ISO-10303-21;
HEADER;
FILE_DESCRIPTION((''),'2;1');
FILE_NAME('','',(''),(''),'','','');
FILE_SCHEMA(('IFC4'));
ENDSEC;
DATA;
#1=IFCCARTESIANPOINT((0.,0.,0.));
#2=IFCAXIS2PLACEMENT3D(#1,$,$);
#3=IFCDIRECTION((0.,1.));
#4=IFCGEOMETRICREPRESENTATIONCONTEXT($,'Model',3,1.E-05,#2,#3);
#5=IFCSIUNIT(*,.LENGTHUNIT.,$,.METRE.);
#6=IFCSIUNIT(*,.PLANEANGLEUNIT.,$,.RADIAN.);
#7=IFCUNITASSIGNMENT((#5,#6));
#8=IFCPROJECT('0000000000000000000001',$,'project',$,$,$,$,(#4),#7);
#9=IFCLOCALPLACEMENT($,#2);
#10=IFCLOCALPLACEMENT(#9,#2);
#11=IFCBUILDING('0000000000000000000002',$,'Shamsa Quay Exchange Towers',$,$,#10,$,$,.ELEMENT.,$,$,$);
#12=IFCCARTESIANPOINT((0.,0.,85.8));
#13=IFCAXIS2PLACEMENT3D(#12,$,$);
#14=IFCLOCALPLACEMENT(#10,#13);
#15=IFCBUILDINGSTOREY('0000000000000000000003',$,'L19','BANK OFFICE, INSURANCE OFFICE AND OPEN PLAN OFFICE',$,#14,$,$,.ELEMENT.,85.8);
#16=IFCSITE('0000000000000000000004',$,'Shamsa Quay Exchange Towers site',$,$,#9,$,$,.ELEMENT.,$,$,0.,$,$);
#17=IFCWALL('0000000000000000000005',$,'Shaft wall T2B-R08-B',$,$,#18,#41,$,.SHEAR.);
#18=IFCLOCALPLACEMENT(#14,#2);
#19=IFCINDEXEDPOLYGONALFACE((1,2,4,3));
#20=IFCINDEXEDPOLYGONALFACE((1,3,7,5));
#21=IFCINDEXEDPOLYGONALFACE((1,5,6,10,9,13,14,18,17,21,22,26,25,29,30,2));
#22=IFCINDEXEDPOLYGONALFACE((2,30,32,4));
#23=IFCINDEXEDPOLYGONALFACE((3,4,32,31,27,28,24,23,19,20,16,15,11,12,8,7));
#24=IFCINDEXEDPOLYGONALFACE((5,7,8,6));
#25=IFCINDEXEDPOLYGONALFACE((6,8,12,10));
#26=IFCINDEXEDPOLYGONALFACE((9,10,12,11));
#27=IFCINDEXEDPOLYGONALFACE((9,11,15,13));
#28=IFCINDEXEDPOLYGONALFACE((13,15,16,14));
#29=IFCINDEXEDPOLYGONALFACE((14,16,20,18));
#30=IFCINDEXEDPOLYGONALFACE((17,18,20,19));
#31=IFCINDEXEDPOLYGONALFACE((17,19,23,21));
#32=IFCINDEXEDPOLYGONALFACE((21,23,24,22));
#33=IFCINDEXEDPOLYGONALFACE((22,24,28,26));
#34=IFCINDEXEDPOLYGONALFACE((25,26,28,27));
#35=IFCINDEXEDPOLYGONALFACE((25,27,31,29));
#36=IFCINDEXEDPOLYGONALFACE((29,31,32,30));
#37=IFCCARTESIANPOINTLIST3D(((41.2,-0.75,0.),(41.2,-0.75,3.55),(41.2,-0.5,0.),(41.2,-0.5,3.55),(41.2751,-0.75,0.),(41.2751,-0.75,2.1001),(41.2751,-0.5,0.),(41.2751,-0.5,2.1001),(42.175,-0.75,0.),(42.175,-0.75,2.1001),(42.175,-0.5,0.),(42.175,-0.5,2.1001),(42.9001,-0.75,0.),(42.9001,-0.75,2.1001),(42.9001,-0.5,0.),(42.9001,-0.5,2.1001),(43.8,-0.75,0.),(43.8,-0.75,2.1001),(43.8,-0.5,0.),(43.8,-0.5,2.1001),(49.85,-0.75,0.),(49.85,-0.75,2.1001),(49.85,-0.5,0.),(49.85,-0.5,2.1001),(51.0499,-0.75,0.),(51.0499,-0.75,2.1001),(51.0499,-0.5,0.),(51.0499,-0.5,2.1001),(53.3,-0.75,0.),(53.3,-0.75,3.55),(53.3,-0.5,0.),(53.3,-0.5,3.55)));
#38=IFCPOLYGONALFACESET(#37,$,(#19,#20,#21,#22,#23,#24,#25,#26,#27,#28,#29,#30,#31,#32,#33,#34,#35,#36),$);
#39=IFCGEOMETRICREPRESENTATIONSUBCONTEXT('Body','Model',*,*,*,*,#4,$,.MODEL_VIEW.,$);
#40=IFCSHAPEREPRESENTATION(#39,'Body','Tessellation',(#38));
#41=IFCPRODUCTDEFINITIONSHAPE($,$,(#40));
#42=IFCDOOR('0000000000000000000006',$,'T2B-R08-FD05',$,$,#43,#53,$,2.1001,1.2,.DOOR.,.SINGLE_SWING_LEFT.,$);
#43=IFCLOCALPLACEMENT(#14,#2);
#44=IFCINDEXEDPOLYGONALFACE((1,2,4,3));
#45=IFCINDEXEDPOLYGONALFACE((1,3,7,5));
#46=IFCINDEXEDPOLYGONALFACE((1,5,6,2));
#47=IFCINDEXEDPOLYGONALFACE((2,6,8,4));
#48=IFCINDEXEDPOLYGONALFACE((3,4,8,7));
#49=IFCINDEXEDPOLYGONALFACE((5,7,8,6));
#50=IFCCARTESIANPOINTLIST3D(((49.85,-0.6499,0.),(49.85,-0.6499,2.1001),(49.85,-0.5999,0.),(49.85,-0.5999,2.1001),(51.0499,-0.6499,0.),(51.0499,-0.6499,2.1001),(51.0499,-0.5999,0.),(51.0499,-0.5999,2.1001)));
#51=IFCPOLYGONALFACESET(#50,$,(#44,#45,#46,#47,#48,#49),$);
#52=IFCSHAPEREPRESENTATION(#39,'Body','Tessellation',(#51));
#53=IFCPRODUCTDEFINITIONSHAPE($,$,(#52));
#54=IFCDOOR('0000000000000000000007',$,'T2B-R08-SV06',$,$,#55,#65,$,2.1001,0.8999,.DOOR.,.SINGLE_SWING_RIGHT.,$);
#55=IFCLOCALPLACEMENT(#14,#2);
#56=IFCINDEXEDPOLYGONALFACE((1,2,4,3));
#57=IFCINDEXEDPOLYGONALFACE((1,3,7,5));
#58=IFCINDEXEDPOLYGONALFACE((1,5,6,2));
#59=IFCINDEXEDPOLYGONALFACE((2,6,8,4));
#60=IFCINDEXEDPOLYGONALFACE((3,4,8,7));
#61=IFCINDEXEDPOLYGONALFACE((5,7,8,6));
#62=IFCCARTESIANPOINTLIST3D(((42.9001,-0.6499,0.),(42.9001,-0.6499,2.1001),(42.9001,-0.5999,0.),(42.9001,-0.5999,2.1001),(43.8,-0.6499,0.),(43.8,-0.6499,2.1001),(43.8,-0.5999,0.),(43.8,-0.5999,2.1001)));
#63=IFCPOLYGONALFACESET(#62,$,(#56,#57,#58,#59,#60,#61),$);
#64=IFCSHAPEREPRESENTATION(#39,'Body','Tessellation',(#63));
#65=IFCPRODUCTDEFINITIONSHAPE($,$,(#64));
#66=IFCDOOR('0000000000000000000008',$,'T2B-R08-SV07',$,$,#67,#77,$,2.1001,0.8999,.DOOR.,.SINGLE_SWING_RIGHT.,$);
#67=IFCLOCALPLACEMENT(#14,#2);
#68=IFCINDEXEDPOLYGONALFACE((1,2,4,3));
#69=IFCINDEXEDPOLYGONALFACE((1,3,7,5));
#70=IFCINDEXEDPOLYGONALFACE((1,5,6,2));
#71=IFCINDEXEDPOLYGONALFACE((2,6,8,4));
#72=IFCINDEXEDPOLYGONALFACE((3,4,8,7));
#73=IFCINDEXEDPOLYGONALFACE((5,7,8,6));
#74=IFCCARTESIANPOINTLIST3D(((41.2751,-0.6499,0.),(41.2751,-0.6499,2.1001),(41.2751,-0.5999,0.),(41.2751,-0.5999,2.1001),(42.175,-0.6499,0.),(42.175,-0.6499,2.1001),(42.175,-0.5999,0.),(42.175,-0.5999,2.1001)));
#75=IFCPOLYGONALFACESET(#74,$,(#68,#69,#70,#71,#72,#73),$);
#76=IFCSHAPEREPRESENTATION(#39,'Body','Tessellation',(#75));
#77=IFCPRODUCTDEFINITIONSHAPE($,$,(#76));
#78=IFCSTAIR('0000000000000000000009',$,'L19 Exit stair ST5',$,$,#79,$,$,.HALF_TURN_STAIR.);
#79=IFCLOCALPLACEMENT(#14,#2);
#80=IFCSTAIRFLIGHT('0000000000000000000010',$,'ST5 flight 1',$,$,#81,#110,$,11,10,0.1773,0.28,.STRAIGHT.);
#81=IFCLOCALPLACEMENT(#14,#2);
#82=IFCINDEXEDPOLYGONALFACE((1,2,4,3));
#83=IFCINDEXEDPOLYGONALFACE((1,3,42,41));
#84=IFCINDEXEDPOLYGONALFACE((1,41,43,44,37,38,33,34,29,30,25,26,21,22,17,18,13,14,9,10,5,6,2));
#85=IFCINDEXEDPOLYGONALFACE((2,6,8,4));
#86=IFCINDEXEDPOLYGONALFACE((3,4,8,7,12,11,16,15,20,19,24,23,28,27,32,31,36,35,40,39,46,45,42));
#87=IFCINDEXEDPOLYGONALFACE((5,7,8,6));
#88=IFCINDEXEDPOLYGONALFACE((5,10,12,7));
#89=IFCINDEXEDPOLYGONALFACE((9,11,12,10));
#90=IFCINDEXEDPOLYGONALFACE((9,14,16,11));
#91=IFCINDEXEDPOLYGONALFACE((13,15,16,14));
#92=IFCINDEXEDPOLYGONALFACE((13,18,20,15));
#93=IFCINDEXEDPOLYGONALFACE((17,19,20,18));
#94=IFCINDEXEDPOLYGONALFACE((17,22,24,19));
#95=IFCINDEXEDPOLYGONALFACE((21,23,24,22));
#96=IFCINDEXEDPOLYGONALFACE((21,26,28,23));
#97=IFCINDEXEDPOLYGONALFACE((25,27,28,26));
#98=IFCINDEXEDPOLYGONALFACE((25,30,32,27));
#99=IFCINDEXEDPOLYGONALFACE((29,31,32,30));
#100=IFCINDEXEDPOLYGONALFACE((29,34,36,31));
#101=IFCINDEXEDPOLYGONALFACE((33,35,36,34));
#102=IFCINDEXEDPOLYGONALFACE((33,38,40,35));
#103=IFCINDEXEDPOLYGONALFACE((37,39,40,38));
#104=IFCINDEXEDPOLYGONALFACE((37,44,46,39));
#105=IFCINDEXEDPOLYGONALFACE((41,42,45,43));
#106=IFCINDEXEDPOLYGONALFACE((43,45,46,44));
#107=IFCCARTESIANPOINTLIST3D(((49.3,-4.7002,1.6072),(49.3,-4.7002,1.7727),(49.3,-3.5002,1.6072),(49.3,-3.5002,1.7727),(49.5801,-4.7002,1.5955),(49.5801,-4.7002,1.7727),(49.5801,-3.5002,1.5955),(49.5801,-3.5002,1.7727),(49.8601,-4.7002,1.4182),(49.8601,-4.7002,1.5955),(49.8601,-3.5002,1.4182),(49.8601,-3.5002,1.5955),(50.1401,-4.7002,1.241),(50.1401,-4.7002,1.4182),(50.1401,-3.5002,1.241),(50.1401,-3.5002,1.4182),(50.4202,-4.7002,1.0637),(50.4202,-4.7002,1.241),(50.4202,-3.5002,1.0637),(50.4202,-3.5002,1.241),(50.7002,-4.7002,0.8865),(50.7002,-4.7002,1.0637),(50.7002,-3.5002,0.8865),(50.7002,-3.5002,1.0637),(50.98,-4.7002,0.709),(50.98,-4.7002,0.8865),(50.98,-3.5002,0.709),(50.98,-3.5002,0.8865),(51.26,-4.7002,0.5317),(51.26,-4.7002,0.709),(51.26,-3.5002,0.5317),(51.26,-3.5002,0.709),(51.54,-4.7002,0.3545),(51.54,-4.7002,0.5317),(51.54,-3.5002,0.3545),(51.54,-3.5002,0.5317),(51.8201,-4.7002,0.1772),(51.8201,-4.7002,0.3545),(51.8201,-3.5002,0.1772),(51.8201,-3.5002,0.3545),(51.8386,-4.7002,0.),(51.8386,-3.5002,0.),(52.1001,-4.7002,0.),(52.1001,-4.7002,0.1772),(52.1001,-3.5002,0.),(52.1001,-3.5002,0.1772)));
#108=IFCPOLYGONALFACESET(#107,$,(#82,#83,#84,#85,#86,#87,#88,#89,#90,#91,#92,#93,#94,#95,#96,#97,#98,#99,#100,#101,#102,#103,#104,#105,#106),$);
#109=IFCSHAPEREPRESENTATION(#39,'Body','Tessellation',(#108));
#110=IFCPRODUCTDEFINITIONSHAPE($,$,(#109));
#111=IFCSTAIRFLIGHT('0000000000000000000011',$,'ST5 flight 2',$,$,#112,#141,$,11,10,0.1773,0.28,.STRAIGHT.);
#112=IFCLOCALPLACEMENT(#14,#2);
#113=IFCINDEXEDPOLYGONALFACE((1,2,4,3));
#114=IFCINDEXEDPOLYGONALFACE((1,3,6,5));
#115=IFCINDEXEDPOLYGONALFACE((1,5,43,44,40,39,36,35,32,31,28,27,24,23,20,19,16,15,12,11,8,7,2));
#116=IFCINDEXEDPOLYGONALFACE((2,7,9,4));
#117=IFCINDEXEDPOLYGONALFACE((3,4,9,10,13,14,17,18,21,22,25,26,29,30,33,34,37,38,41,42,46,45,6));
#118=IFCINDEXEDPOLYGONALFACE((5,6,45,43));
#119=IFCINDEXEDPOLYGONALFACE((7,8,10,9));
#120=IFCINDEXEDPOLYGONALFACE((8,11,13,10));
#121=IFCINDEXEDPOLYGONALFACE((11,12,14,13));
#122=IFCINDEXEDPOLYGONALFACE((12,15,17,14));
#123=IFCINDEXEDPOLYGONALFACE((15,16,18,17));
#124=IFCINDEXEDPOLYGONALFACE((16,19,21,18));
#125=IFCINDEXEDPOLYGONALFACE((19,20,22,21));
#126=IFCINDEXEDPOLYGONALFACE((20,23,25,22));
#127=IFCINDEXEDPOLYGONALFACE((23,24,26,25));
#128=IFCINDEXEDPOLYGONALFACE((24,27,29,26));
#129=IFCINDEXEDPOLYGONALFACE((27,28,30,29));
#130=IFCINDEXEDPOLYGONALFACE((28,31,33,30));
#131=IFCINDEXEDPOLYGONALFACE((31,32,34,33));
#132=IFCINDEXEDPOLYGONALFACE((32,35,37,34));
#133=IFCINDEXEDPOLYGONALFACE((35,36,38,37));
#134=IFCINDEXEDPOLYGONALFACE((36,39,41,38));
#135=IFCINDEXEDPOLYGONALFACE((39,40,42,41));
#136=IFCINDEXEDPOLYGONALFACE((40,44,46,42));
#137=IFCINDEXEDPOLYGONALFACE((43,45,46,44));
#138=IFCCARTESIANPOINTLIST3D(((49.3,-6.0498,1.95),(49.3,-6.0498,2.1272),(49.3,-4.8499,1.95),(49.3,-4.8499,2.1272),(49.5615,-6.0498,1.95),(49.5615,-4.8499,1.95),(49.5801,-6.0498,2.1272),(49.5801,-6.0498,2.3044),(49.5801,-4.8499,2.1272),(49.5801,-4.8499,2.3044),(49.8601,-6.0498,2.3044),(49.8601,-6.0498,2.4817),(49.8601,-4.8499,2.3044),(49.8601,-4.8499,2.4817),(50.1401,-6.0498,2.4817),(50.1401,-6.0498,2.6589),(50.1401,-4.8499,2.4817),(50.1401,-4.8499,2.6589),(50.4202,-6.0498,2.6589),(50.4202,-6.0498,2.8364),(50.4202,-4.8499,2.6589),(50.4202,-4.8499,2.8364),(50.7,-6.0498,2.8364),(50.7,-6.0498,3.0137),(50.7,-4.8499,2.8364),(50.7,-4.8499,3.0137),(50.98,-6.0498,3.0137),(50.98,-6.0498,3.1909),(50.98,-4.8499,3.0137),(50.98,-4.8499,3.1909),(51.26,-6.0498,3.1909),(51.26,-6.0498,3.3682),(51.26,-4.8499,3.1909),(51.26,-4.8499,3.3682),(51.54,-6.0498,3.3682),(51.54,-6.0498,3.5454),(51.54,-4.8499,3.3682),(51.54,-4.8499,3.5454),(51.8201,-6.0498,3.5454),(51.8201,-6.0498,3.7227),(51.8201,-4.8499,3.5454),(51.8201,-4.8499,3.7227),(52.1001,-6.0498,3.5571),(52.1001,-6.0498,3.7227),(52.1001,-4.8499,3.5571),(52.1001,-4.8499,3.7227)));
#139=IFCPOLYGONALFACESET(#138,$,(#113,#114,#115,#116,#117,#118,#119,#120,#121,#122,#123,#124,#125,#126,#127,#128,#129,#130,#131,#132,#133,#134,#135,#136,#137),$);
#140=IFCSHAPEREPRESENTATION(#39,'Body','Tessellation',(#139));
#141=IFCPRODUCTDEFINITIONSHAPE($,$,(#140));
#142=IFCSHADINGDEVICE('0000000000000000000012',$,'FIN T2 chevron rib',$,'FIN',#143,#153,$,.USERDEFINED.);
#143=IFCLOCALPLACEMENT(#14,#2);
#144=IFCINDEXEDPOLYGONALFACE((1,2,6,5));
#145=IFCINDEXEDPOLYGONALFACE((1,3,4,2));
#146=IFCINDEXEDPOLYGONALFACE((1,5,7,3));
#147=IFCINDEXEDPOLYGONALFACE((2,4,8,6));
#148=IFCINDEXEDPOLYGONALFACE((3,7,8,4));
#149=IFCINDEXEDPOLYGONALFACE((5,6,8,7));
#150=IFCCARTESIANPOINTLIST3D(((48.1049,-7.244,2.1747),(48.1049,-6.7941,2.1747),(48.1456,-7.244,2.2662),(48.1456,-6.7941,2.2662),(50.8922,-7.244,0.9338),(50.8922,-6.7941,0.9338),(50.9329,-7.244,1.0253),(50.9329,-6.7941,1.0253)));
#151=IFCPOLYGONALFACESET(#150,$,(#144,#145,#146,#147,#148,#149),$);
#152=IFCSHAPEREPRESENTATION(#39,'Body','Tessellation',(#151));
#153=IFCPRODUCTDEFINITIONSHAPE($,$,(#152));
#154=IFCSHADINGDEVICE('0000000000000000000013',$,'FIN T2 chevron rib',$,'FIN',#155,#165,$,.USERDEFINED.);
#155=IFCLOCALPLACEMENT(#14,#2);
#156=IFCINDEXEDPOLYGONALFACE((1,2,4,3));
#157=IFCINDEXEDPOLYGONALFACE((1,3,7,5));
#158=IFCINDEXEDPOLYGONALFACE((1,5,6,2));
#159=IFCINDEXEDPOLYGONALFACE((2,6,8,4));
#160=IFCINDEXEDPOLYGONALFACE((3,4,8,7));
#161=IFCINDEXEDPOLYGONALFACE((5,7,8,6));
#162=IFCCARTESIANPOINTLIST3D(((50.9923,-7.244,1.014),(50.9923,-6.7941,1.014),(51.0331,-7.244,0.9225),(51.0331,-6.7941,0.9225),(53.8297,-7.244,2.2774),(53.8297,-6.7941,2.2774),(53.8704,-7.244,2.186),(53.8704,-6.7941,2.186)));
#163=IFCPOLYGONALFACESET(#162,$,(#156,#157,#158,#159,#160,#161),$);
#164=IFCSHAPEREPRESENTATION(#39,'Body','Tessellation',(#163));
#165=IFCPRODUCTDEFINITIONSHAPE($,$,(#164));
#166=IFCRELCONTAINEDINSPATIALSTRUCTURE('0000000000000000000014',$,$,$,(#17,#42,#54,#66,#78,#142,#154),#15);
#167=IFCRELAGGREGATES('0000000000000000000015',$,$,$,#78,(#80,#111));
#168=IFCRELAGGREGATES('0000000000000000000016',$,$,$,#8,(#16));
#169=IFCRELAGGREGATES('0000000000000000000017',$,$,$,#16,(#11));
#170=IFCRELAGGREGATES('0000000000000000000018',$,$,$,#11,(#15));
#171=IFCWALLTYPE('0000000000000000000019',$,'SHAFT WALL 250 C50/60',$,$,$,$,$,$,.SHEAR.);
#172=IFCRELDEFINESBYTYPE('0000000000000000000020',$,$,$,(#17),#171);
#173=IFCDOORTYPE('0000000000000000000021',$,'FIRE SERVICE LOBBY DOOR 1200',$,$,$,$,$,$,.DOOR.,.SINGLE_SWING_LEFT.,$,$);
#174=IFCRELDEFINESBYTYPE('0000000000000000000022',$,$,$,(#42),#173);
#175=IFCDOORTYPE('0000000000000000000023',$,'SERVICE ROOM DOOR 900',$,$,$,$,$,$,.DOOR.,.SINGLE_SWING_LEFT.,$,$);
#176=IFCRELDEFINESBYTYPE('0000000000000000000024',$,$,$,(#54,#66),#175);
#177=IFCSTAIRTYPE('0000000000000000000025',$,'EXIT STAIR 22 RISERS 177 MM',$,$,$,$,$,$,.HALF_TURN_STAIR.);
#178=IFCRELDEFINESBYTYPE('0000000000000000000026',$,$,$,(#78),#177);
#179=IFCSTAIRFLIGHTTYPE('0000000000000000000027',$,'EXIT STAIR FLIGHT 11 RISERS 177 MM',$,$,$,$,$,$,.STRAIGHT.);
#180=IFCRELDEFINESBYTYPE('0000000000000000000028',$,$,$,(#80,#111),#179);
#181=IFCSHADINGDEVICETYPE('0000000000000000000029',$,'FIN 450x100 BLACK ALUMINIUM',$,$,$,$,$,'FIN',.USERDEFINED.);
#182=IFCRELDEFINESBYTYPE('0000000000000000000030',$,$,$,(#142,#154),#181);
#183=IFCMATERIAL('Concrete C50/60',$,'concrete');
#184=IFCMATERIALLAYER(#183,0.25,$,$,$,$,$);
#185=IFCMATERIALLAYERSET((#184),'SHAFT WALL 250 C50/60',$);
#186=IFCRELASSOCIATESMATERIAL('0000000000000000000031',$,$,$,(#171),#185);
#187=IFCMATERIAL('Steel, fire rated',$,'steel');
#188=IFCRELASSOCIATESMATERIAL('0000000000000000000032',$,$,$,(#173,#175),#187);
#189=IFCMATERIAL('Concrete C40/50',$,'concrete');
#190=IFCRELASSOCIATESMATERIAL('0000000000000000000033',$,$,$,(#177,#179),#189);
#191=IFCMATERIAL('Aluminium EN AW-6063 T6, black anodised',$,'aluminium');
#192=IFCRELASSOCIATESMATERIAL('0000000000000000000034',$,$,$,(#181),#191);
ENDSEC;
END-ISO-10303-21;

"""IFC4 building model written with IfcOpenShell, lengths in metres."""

from ifc_helpers import new_model, si_unit, direction, frame, frame_2d, origin, origin_2d, place, context, subcontext, project, spatial, polyline, rectangle, outline, extrude, material, layer, layer_set, material_profile, profile_set, type_object, element, fill, aggregate, save


model = new_model("IFC4")

# Units and contexts
model_context = context("Model", 3, precision=1e-05, world=origin(), true_north=direction((0.0, 1.0)))
body_context = subcontext(model_context, "Body", "Model", "MODEL_VIEW")
ifc_project = project(units=[si_unit("LENGTHUNIT", "METRE"), si_unit("PLANEANGLEUNIT", "RADIAN")], contexts=[model_context])

# Site, building, storey
site_placement = place(None, origin())
site = spatial("IfcSite", under=ifc_project, at=site_placement, Name="Shamsa Quay Exchange Towers site", CompositionType="ELEMENT", RefElevation=0.0)
building_placement = place(site_placement, origin())
building = spatial("IfcBuilding", under=site, at=building_placement, Name="Shamsa Quay Exchange Towers", CompositionType="ELEMENT")
storey_placement = place(building_placement, frame((0.0, 0.0, 85.8)))
storey = spatial("IfcBuildingStorey", under=building, at=storey_placement, Name="L19", Description="BANK OFFICE, INSURANCE OFFICE AND OPEN PLAN OFFICE", CompositionType="ELEMENT", Elevation=85.8)

# Shared definitions
ifc_material_1 = material(Name="Aluminium EN AW-6063 T6, black anodised", Category="aluminium")

# Shared definitions
ifc_material_2 = material(Name="Steel, fire rated", Category="steel")
ifc_material_3 = material(Name="Concrete C50/60", Category="concrete")
ifc_layer_1 = layer(ifc_material_3, 0.25)
ifc_layer_set_1 = layer_set([ifc_layer_1], Name="SHAFT WALL 250 C50/60")
wall_type_1 = type_object("IfcWallType", Name="SHAFT WALL 250 C50/60", PredefinedType="SHEAR", material=ifc_layer_set_1)

# Wall, openings, doors
wall_1_placement = place(storey_placement, frame((53.3, -0.625, 0.0), z_axis=(0.0, 0.0, 1.0), x_axis=(-1.0, 0.0, 0.0)))
wall_1 = element("IfcWall", 1, at=wall_1_placement, inside=storey, type_object=wall_type_1, Name="Shaft wall T2B-R08-B", PredefinedType="SHEAR", context=body_context, shape_type="SweptSolid", body=[
    extrude(rectangle(XDim=12.1001, YDim=0.25, at=frame_2d((6.05, 0.0))), origin(), (0.0, 0.0, 1.0), 3.55),
])
opening_1_placement = place(wall_1_placement, frame((2.25, 0.0, 0.0)))
opening_1 = element("IfcOpeningElement", 2, at=opening_1_placement, cuts=wall_1, PredefinedType="OPENING", context=body_context, shape_type="SweptSolid", body=[
    extrude(rectangle(XDim=1.2, YDim=2.1001, at=frame_2d((0.6001, 1.05))), frame((0.0, 0.135, 0.0), z_axis=(0.0, -1.0, 0.0), x_axis=(1.0, 0.0, 0.0)), (0.0, 0.0, 1.0), 0.27),
])
opening_2_placement = place(wall_1_placement, frame((9.5, 0.0, 0.0)))
opening_2 = element("IfcOpeningElement", 3, at=opening_2_placement, cuts=wall_1, PredefinedType="OPENING", context=body_context, shape_type="SweptSolid", body=[
    extrude(rectangle(XDim=0.8999, YDim=2.1001, at=frame_2d((0.45, 1.05))), frame((0.0, 0.135, 0.0), z_axis=(0.0, -1.0, 0.0), x_axis=(1.0, 0.0, 0.0)), (0.0, 0.0, 1.0), 0.27),
])
opening_3_placement = place(wall_1_placement, frame((11.125, 0.0, 0.0)))
opening_3 = element("IfcOpeningElement", 4, at=opening_3_placement, cuts=wall_1, PredefinedType="OPENING", context=body_context, shape_type="SweptSolid", body=[
    extrude(rectangle(XDim=0.8999, YDim=2.1001, at=frame_2d((0.45, 1.05))), frame((0.0, 0.135, 0.0), z_axis=(0.0, -1.0, 0.0), x_axis=(1.0, 0.0, 0.0)), (0.0, 0.0, 1.0), 0.27),
])
door_type_1 = type_object("IfcDoorType", Name="FIRE SERVICE LOBBY DOOR 1200", OperationType="SINGLE_SWING_LEFT", PredefinedType="DOOR", material=ifc_material_2)
door_1_placement = place(opening_1_placement, origin())
door_1 = element("IfcDoor", 5, at=door_1_placement, inside=storey, type_object=door_type_1, Name="T2B-R08-FD05", OperationType="SINGLE_SWING_LEFT", OverallHeight=2.1001, OverallWidth=1.2, PredefinedType="DOOR", context=body_context, shape_type="SweptSolid", body=[
    extrude(rectangle(XDim=1.2, YDim=2.1001, at=frame_2d((0.6001, 1.05))), frame((0.0, 0.0249, 0.0), z_axis=(0.0, -1.0, 0.0), x_axis=(1.0, 0.0, 0.0)), (0.0, 0.0, 1.0), 0.05),
])
fill(opening_1, door_1)
door_type_2 = type_object("IfcDoorType", Name="SERVICE ROOM DOOR 900", OperationType="SINGLE_SWING_LEFT", PredefinedType="DOOR", material=ifc_material_2)
door_2_placement = place(opening_2_placement, origin())
door_2 = element("IfcDoor", 6, at=door_2_placement, inside=storey, type_object=door_type_2, Name="T2B-R08-SV06", OperationType="SINGLE_SWING_RIGHT", OverallHeight=2.1001, OverallWidth=0.8999, PredefinedType="DOOR", context=body_context, shape_type="SweptSolid", body=[
    extrude(rectangle(XDim=0.8999, YDim=2.1001, at=frame_2d((0.45, 1.05))), frame((0.0, 0.0249, 0.0), z_axis=(0.0, -1.0, 0.0), x_axis=(1.0, 0.0, 0.0)), (0.0, 0.0, 1.0), 0.05),
])
fill(opening_2, door_2)
door_3_placement = place(opening_3_placement, origin())
door_3 = element("IfcDoor", 7, at=door_3_placement, inside=storey, type_object=door_type_2, Name="T2B-R08-SV07", OperationType="SINGLE_SWING_RIGHT", OverallHeight=2.1001, OverallWidth=0.8999, PredefinedType="DOOR", context=body_context, shape_type="SweptSolid", body=[
    extrude(rectangle(XDim=0.8999, YDim=2.1001, at=frame_2d((0.45, 1.05))), frame((0.0, 0.0249, 0.0), z_axis=(0.0, -1.0, 0.0), x_axis=(1.0, 0.0, 0.0)), (0.0, 0.0, 1.0), 0.05),
])
fill(opening_3, door_3)

# Stair, stair flights
ifc_material_4 = material(Name="Concrete C40/50", Category="concrete")
stair_type = type_object("IfcStairType", Name="EXIT STAIR 22 RISERS 177 MM", PredefinedType="HALF_TURN_STAIR", material=ifc_material_4)
stair_placement = place(storey_placement, origin())
stair = element("IfcStair", 8, at=stair_placement, inside=storey, type_object=stair_type, Name="L19 Exit stair ST5", PredefinedType="HALF_TURN_STAIR")
stair_flight_type = type_object("IfcStairFlightType", Name="EXIT STAIR FLIGHT 11 RISERS 177 MM", PredefinedType="STRAIGHT", material=ifc_material_4)
stair_flight_1_placement = place(storey_placement, frame((52.1001, -4.1001, 0.0), z_axis=(0.0, 0.0, 1.0), x_axis=(-1.0, 0.0, 0.0)))
stair_flight_1 = element("IfcStairFlight", 9, at=stair_flight_1_placement, type_object=stair_flight_type, Name="ST5 flight 1", NumberOfRisers=11, NumberOfTreads=10, PredefinedType="STRAIGHT", RiserHeight=0.1773, TreadLength=0.28, context=body_context, shape_type="SweptSolid", body=[
    extrude(outline(polyline([(0.0, 0.0), (0.0, 0.1772), (0.28, 0.1772), (0.28, 0.3545), (0.5601, 0.3545), (0.5601, 0.5317), (0.8401, 0.5317), (0.8401, 0.709), (1.1201, 0.709), (1.1201, 0.8865), (1.3999, 0.8865), (1.3999, 1.0637), (1.6799, 1.0637), (1.6799, 1.241), (1.96, 1.241), (1.96, 1.4182), (2.24, 1.4182), (2.24, 1.5955), (2.52, 1.5955), (2.52, 1.7727), (2.8, 1.7727), (2.8, 1.95), (2.8, 1.6072), (0.2615, 0.0), (0.0, 0.0)])), frame((0.0, 0.6001, 0.0), z_axis=(0.0, -1.0, 0.0), x_axis=(1.0, 0.0, 0.0)), (0.0, 0.0, 1.0), 1.2),
])
stair_flight_2_placement = place(storey_placement, frame((49.3, -5.45, 1.95)))
stair_flight_2 = element("IfcStairFlight", 10, at=stair_flight_2_placement, type_object=stair_flight_type, Name="ST5 flight 2", NumberOfRisers=11, NumberOfTreads=10, PredefinedType="STRAIGHT", RiserHeight=0.1773, TreadLength=0.28, context=body_context, shape_type="SweptSolid", body=[
    extrude(outline(polyline([(0.0, 0.0), (0.0, 0.1772), (0.28, 0.1772), (0.28, 0.3545), (0.5601, 0.3545), (0.5601, 0.5317), (0.8401, 0.5317), (0.8401, 0.709), (1.1201, 0.709), (1.1201, 0.8865), (1.3999, 0.8865), (1.3999, 1.0637), (1.6799, 1.0637), (1.6799, 1.241), (1.96, 1.241), (1.96, 1.4182), (2.24, 1.4182), (2.24, 1.5955), (2.52, 1.5955), (2.52, 1.7727), (2.8, 1.7727), (2.8, 1.95), (2.8, 1.6072), (0.2615, 0.0), (0.0, 0.0)])), frame((0.0, 0.6001, 0.0), z_axis=(0.0, -1.0, 0.0), x_axis=(1.0, 0.0, 0.0)), (0.0, 0.0, 1.0), 1.2),
])
aggregate(stair, [stair_flight_1, stair_flight_2])

# Shading devices
ifc_material_profile_1 = material_profile(ifc_material_1, rectangle(XDim=0.45, YDim=0.1001, at=origin_2d()), Name="FIN450x100")
ifc_profile_set_1 = profile_set([ifc_material_profile_1], Name="Aluminium EN AW-6063 T6, black anodised")
shading_device_type = type_object("IfcShadingDeviceType", Name="FIN 450x100 BLACK ALUMINIUM", ElementType="FIN", PredefinedType="USERDEFINED", material=ifc_profile_set_1)
shading_device_1_placement = place(storey_placement, frame((48.1252, -7.019, 2.2205), z_axis=(0.913551, 0.0, -0.406725), x_axis=(0.0, 1.0, 0.0)))
element("IfcShadingDevice", 11, at=shading_device_1_placement, inside=storey, type_object=shading_device_type, Name="FIN T2 chevron rib", ObjectType="FIN", PredefinedType="USERDEFINED", context=body_context, shape_type="SweptSolid", body=[
    extrude(rectangle(XDim=0.45, YDim=0.1001, at=origin_2d()), origin(), (0.0, 0.0, 1.0), 3.051),
])
shading_device_2_placement = place(storey_placement, frame((51.0127, -7.019, 0.9683), z_axis=(0.913529, 0.0, 0.406773), x_axis=(0.0, 1.0, 0.0)))
element("IfcShadingDevice", 12, at=shading_device_2_placement, inside=storey, type_object=shading_device_type, Name="FIN T2 chevron rib", ObjectType="FIN", PredefinedType="USERDEFINED", context=body_context, shape_type="SweptSolid", body=[
    extrude(rectangle(XDim=0.45, YDim=0.1001, at=origin_2d()), origin(), (0.0, 0.0, 1.0), 3.106),
])

save(model, "model.ifc")
